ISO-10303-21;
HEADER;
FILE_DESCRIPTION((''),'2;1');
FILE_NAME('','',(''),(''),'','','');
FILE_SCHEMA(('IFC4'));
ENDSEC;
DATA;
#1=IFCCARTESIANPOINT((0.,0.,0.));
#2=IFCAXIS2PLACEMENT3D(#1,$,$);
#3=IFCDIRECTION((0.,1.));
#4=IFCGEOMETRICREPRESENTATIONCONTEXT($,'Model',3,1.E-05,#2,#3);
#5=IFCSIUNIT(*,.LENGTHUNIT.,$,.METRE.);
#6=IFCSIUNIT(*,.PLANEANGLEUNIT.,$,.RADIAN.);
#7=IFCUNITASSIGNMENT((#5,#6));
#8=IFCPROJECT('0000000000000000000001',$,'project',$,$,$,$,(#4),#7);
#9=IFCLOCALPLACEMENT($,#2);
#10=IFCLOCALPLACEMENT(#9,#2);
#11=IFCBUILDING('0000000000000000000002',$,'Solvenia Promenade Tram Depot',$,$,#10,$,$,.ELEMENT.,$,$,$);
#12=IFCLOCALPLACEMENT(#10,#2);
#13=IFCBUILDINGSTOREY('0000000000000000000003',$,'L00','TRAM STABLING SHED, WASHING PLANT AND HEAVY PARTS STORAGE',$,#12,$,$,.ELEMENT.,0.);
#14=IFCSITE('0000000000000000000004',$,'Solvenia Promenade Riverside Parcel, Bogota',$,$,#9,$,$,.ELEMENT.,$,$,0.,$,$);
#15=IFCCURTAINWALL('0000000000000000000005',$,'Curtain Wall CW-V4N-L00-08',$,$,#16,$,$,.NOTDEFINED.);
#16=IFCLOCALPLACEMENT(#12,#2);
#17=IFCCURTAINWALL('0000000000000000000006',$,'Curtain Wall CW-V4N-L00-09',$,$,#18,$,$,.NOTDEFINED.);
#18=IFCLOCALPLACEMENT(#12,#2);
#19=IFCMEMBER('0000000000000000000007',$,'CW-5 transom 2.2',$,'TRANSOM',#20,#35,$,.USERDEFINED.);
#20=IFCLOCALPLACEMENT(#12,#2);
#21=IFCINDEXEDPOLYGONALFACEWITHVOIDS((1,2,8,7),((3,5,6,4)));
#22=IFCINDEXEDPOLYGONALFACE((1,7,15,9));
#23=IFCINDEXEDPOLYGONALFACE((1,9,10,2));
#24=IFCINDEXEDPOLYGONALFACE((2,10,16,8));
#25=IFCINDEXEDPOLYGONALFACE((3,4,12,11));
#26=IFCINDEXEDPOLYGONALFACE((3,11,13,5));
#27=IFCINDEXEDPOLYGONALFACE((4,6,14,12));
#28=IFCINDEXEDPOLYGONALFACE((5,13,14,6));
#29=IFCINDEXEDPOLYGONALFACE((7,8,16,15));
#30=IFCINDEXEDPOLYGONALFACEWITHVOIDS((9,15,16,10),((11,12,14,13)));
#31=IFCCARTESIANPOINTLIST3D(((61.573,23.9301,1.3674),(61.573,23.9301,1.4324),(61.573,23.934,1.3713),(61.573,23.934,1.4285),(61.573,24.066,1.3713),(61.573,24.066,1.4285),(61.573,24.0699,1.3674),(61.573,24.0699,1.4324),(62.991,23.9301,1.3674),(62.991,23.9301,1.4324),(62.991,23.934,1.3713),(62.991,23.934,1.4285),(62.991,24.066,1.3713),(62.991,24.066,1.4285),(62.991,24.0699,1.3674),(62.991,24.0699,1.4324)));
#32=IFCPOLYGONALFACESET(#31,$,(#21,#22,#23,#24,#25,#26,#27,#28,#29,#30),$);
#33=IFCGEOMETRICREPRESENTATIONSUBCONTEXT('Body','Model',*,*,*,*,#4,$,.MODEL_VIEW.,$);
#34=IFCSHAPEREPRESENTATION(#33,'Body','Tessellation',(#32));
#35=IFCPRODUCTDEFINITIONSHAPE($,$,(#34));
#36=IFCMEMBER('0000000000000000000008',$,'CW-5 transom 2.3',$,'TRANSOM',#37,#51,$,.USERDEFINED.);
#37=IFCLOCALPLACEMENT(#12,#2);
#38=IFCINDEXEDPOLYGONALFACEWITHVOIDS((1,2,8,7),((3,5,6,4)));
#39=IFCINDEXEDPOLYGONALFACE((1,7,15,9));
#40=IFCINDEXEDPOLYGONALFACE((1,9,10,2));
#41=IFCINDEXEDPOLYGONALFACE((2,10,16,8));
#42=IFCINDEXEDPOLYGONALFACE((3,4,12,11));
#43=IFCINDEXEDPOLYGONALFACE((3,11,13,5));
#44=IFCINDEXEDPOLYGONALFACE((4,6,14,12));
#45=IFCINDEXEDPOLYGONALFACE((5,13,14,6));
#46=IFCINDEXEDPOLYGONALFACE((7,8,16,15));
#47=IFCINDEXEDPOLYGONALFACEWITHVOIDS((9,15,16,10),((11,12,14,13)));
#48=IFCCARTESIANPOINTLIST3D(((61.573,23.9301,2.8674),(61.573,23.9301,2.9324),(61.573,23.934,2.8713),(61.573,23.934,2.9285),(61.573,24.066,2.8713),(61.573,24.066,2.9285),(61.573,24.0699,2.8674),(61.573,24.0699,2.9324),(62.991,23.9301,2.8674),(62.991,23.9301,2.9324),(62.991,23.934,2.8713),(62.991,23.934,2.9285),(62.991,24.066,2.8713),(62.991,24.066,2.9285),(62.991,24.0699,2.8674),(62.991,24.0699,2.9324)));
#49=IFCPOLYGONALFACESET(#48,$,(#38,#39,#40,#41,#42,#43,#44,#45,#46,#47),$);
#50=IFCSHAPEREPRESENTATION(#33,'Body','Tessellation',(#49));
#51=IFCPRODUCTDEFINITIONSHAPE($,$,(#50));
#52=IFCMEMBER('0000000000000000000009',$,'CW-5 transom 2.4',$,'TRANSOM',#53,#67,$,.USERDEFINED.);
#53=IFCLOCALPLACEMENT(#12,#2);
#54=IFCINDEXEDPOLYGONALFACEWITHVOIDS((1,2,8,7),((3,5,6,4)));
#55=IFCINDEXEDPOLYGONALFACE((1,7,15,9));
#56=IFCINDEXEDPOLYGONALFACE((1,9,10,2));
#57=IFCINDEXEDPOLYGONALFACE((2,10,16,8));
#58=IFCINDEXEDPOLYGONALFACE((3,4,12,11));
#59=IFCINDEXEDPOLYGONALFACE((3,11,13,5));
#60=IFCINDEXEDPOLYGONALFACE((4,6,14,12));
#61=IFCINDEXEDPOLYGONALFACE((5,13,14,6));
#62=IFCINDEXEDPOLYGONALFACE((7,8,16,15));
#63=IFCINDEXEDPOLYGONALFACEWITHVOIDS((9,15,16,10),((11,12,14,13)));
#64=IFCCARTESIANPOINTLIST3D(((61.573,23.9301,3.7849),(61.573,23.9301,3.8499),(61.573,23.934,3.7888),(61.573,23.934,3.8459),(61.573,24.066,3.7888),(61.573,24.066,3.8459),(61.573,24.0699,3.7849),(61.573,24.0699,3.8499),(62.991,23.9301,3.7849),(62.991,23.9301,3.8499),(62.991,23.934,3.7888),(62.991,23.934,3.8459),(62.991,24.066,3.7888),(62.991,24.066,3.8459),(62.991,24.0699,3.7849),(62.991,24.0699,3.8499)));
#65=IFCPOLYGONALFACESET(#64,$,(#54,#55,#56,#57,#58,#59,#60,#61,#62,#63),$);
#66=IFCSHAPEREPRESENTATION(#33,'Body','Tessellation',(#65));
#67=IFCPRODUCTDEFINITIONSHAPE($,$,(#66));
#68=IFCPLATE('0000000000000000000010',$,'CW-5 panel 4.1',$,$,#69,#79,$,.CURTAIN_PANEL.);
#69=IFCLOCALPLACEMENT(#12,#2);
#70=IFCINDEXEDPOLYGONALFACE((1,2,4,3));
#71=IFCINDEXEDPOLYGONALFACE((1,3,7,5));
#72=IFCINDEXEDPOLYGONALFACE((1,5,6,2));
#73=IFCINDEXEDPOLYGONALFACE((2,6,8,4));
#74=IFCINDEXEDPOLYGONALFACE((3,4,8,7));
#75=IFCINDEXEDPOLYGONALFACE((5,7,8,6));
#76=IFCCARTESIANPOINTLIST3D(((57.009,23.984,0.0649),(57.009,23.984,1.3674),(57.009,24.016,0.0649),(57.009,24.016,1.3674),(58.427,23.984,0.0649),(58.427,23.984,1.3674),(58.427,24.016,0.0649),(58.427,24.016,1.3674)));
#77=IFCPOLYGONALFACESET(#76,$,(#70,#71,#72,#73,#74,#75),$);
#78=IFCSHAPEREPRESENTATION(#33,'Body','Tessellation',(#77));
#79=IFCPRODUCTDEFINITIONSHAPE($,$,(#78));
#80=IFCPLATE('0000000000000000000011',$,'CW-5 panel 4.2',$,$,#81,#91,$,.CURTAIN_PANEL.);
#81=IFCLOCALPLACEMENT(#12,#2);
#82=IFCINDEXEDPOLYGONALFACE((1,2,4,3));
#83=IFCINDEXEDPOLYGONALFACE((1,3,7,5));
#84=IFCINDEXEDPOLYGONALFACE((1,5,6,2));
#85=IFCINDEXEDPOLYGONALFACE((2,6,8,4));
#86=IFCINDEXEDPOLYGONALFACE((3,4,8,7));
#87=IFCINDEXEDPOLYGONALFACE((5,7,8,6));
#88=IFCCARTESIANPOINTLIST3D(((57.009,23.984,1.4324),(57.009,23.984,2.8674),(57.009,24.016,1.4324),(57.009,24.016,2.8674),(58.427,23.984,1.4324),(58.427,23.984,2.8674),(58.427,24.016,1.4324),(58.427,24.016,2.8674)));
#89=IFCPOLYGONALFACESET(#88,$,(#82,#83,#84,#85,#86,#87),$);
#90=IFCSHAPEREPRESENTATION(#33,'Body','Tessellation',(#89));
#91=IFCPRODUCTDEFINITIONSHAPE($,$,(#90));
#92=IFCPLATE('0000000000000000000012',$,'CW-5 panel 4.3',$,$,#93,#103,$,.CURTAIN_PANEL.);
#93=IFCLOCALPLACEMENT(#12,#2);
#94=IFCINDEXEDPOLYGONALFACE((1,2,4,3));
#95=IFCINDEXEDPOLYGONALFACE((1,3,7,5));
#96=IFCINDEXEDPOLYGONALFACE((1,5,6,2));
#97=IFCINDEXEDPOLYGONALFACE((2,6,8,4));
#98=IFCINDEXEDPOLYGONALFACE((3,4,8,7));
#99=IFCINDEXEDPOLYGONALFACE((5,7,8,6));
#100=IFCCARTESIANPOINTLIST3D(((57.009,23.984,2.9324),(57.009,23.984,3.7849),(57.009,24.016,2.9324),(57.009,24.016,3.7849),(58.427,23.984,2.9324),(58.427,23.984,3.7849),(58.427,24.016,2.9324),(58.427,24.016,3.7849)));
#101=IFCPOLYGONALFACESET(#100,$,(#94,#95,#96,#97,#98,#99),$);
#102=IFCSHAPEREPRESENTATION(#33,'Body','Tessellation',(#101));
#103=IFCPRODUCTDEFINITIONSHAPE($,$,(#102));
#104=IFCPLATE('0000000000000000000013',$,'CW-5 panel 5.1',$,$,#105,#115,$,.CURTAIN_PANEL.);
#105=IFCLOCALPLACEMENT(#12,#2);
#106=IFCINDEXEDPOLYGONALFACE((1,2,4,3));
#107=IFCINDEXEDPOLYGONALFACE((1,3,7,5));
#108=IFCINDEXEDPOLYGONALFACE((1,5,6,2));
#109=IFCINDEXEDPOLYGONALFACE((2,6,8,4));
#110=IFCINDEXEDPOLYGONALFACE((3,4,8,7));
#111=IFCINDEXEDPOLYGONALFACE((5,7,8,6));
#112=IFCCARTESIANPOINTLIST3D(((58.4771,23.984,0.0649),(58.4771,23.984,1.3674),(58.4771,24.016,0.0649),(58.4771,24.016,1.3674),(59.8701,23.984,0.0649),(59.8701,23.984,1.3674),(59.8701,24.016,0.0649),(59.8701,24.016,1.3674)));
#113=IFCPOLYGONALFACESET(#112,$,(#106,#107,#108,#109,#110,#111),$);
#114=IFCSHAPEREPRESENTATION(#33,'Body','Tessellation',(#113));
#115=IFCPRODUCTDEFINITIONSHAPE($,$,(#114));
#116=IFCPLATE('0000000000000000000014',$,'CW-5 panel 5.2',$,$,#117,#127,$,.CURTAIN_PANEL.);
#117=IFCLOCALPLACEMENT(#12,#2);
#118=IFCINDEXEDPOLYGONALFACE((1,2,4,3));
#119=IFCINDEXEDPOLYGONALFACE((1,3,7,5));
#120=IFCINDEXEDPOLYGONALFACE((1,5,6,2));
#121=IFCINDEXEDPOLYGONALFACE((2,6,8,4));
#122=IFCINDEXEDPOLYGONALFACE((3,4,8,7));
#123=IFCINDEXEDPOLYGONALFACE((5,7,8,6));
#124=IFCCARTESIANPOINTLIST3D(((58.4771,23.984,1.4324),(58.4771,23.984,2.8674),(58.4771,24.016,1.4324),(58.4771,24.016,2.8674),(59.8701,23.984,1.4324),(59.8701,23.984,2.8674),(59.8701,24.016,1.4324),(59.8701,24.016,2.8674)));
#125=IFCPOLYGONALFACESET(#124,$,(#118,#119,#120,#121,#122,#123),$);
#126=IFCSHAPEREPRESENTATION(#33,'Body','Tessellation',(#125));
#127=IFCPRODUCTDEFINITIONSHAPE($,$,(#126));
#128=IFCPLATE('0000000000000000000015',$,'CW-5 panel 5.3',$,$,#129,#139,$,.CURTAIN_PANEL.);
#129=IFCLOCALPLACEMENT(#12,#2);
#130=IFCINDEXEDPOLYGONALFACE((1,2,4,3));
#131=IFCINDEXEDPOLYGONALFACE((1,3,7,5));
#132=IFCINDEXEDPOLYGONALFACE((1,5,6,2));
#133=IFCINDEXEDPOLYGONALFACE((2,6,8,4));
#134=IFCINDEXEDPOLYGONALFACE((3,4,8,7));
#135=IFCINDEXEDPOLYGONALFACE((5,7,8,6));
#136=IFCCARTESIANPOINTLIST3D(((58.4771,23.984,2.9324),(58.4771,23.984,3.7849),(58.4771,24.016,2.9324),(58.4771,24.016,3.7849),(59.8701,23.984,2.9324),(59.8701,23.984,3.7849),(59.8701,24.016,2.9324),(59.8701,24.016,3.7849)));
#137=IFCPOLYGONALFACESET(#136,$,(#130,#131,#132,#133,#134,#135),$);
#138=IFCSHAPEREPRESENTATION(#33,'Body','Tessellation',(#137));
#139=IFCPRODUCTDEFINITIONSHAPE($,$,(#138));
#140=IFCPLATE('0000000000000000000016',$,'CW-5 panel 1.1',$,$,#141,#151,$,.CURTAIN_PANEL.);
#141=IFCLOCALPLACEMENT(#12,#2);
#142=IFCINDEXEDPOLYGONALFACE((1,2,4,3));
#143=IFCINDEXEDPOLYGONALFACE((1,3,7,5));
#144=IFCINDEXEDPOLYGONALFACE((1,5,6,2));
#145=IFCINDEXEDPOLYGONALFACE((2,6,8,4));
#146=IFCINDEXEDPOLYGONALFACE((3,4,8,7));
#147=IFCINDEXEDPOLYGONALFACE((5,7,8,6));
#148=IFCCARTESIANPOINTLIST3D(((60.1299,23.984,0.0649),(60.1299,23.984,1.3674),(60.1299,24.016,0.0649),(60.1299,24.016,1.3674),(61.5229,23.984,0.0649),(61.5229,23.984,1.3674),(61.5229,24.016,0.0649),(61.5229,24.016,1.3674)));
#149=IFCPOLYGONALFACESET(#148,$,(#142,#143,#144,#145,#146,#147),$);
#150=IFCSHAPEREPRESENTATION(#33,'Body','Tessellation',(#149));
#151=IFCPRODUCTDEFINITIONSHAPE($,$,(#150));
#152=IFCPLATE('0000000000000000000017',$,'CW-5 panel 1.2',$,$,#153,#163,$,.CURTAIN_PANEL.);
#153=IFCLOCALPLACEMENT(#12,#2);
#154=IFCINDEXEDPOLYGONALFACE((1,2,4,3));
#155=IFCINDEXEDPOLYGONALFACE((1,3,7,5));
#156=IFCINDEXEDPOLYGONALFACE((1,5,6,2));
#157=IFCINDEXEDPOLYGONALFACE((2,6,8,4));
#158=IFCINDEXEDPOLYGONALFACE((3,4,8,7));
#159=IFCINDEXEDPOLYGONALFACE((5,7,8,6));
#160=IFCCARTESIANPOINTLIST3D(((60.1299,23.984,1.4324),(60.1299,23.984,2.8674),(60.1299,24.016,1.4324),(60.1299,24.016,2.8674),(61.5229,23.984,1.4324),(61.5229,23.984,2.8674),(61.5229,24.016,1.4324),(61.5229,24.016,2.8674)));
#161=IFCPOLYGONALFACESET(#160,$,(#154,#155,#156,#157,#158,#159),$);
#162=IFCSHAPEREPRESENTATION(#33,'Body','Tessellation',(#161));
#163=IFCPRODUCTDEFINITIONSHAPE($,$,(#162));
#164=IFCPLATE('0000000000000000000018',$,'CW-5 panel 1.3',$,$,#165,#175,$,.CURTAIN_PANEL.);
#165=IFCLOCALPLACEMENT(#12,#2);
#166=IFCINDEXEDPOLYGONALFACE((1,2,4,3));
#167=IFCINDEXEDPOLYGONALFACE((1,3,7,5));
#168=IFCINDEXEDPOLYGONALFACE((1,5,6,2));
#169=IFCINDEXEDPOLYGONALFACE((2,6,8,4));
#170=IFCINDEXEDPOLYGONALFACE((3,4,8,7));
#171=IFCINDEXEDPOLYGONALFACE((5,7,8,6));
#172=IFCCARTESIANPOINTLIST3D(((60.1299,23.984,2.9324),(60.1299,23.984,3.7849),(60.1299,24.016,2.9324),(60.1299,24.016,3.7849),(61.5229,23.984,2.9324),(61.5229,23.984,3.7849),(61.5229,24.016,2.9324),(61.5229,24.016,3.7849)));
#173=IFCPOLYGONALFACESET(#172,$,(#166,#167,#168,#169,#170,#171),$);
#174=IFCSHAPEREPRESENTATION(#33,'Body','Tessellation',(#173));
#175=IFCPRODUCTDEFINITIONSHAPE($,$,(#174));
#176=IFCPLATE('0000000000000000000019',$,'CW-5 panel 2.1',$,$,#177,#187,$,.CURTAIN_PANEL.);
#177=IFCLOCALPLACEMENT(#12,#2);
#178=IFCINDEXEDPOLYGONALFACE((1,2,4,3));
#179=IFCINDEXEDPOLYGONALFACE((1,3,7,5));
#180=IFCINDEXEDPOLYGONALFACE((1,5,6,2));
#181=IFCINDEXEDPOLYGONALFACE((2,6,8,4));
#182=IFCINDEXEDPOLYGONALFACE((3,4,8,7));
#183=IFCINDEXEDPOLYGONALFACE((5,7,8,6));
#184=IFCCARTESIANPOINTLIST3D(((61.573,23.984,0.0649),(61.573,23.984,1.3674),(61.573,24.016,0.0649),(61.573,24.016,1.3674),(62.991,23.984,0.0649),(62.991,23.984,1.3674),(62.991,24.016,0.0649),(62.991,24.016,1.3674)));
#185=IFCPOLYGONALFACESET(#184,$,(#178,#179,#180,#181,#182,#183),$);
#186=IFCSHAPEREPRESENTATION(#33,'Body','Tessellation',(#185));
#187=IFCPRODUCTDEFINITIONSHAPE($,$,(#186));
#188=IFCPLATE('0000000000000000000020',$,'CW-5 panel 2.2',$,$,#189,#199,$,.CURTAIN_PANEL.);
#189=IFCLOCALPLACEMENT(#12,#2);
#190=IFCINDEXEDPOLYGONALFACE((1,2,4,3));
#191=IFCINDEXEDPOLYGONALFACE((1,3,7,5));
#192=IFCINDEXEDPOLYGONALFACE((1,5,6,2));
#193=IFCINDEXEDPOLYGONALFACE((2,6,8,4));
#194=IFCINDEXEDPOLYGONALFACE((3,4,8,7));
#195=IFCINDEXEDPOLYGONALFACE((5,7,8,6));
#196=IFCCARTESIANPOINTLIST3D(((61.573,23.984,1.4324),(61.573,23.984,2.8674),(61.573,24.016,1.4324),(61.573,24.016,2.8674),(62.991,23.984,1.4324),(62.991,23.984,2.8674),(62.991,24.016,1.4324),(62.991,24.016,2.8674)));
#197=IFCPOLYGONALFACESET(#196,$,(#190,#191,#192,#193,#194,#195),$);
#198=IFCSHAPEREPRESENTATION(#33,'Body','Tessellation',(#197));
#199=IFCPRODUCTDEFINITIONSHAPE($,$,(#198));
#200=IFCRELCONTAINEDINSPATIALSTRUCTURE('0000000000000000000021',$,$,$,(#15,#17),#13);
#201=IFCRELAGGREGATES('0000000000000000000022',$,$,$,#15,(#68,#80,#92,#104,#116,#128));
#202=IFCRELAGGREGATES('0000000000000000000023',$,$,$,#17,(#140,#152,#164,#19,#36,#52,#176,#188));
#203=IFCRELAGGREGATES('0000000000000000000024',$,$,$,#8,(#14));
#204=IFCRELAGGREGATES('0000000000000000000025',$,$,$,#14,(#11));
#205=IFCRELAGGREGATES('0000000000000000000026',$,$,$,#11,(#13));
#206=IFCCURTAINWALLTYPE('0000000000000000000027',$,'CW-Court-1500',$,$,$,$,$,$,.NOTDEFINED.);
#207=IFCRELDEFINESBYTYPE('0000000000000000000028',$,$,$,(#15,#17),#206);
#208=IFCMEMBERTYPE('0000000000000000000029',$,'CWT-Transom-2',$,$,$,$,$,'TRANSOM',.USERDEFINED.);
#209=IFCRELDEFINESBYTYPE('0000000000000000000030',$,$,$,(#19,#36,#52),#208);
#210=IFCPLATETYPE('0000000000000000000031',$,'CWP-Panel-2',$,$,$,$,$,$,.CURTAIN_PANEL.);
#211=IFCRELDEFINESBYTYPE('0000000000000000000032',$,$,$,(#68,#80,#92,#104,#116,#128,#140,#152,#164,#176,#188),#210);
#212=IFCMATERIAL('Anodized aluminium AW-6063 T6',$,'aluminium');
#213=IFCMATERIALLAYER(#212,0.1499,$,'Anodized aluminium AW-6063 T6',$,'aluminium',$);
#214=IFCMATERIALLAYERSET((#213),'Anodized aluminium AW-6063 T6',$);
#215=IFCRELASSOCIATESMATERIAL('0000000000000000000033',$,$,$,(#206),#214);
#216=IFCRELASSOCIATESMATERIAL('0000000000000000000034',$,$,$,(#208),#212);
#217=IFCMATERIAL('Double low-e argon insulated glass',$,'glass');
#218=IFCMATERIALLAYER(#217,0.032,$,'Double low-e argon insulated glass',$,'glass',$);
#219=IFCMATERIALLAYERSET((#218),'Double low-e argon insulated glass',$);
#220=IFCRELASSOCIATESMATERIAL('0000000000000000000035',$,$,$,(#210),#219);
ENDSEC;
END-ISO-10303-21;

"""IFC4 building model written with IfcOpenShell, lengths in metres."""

from ifc_helpers import new_model, si_unit, direction, frame, origin, origin_2d, place, context, subcontext, project, spatial, rectangle, hollow_rectangle, extrude, material, layer, layer_set, material_profile, profile_set, type_object, element, aggregate, save


model = new_model("IFC4")

# Units and contexts
model_context = context("Model", 3, precision=1e-05, world=origin(), true_north=direction((0.0, 1.0)))
body_context = subcontext(model_context, "Body", "Model", "MODEL_VIEW")
ifc_project = project(units=[si_unit("LENGTHUNIT", "METRE"), si_unit("PLANEANGLEUNIT", "RADIAN")], contexts=[model_context])

# Site, building, storey
site_placement = place(None, origin())
site = spatial("IfcSite", under=ifc_project, at=site_placement, Name="Solvenia Promenade Riverside Parcel, Bogota", CompositionType="ELEMENT", RefElevation=0.0)
building_placement = place(site_placement, origin())
building = spatial("IfcBuilding", under=site, at=building_placement, Name="Solvenia Promenade Tram Depot", CompositionType="ELEMENT")
storey_placement = place(building_placement, origin())
storey = spatial("IfcBuildingStorey", under=building, at=storey_placement, Name="L00", Description="TRAM STABLING SHED, WASHING PLANT AND HEAVY PARTS STORAGE", CompositionType="ELEMENT", Elevation=0.0)

# Curtain walls
ifc_material_1 = material(Name="Anodized aluminium AW-6063 T6", Category="aluminium")
ifc_layer_1 = layer(ifc_material_1, 0.1499, Name="Anodized aluminium AW-6063 T6", Category="aluminium")
ifc_layer_set_1 = layer_set([ifc_layer_1], Name="Anodized aluminium AW-6063 T6")
curtain_wall_type = type_object("IfcCurtainWallType", Name="CW-Court-1500", PredefinedType="NOTDEFINED", material=ifc_layer_set_1)
curtain_wall_1_placement = place(storey_placement, origin())
curtain_wall_1 = element("IfcCurtainWall", 1, at=curtain_wall_1_placement, inside=storey, type_object=curtain_wall_type, Name="Curtain Wall CW-V4N-L00-08", PredefinedType="NOTDEFINED")
curtain_wall_2_placement = place(storey_placement, origin())
curtain_wall_2 = element("IfcCurtainWall", 2, at=curtain_wall_2_placement, inside=storey, type_object=curtain_wall_type, Name="Curtain Wall CW-V4N-L00-09", PredefinedType="NOTDEFINED")

# Members
ifc_material_profile_1 = material_profile(ifc_material_1, hollow_rectangle(XDim=0.1399, YDim=0.0649, WallThickness=0.0039, at=origin_2d()), Name="ALU-T2", Category="aluminium")
ifc_profile_set_1 = profile_set([ifc_material_profile_1], Name="Anodized aluminium AW-6063 T6")
member_type_1 = type_object("IfcMemberType", Name="CWT-Transom-2", ElementType="TRANSOM", PredefinedType="USERDEFINED", material=ifc_profile_set_1)
member_1_placement = place(storey_placement, frame((61.573, 24.0, 1.3999), z_axis=(1.0, 0.0, 0.0), x_axis=(0.0, 1.0, 0.0)))
member_1 = element("IfcMember", 3, at=member_1_placement, type_object=member_type_1, Name="CW-5 transom 2.2", ObjectType="TRANSOM", PredefinedType="USERDEFINED", context=body_context, shape_type="SweptSolid", body=[
    extrude(hollow_rectangle(XDim=0.1399, YDim=0.0649, WallThickness=0.0039, at=origin_2d()), origin(), (0.0, 0.0, 1.0), 1.418),
])
member_2_placement = place(storey_placement, frame((61.573, 24.0, 2.8999), z_axis=(1.0, 0.0, 0.0), x_axis=(0.0, 1.0, 0.0)))
member_2 = element("IfcMember", 4, at=member_2_placement, type_object=member_type_1, Name="CW-5 transom 2.3", ObjectType="TRANSOM", PredefinedType="USERDEFINED", context=body_context, shape_type="SweptSolid", body=[
    extrude(hollow_rectangle(XDim=0.1399, YDim=0.0649, WallThickness=0.0039, at=origin_2d()), origin(), (0.0, 0.0, 1.0), 1.418),
])
member_3_placement = place(storey_placement, frame((61.573, 24.0, 3.8174), z_axis=(1.0, 0.0, 0.0), x_axis=(0.0, 1.0, 0.0)))
member_3 = element("IfcMember", 5, at=member_3_placement, type_object=member_type_1, Name="CW-5 transom 2.4", ObjectType="TRANSOM", PredefinedType="USERDEFINED", context=body_context, shape_type="SweptSolid", body=[
    extrude(hollow_rectangle(XDim=0.1399, YDim=0.0649, WallThickness=0.0039, at=origin_2d()), origin(), (0.0, 0.0, 1.0), 1.418),
])

# Plates
ifc_material_2 = material(Name="Double low-e argon insulated glass", Category="glass")
ifc_layer_2 = layer(ifc_material_2, 0.032, Name="Double low-e argon insulated glass", Category="glass")
ifc_layer_set_2 = layer_set([ifc_layer_2], Name="Double low-e argon insulated glass")
plate_type = type_object("IfcPlateType", Name="CWP-Panel-2", PredefinedType="CURTAIN_PANEL", material=ifc_layer_set_2)
plate_1_placement = place(storey_placement, frame((57.718, 24.0, 0.0649), z_axis=(0.0, 0.0, 1.0), x_axis=(1.0, 0.0, 0.0)))
plate_1 = element("IfcPlate", 6, at=plate_1_placement, type_object=plate_type, Name="CW-5 panel 4.1", PredefinedType="CURTAIN_PANEL", context=body_context, shape_type="SweptSolid", body=[
    extrude(rectangle(XDim=1.418, YDim=0.032, at=origin_2d()), origin(), (0.0, 0.0, 1.0), 1.3025),
])
plate_2_placement = place(storey_placement, frame((57.718, 24.0, 1.4324), z_axis=(0.0, 0.0, 1.0), x_axis=(1.0, 0.0, 0.0)))
plate_2 = element("IfcPlate", 7, at=plate_2_placement, type_object=plate_type, Name="CW-5 panel 4.2", PredefinedType="CURTAIN_PANEL", context=body_context, shape_type="SweptSolid", body=[
    extrude(rectangle(XDim=1.418, YDim=0.032, at=origin_2d()), origin(), (0.0, 0.0, 1.0), 1.4351),
])
plate_3_placement = place(storey_placement, frame((57.718, 24.0, 2.9324), z_axis=(0.0, 0.0, 1.0), x_axis=(1.0, 0.0, 0.0)))
plate_3 = element("IfcPlate", 8, at=plate_3_placement, type_object=plate_type, Name="CW-5 panel 4.3", PredefinedType="CURTAIN_PANEL", context=body_context, shape_type="SweptSolid", body=[
    extrude(rectangle(XDim=1.418, YDim=0.032, at=origin_2d()), origin(), (0.0, 0.0, 1.0), 0.8525),
])
plate_4_placement = place(storey_placement, frame((59.1736, 24.0, 0.0649), z_axis=(0.0, 0.0, 1.0), x_axis=(1.0, 0.0, 0.0)))
plate_4 = element("IfcPlate", 9, at=plate_4_placement, type_object=plate_type, Name="CW-5 panel 5.1", PredefinedType="CURTAIN_PANEL", context=body_context, shape_type="SweptSolid", body=[
    extrude(rectangle(XDim=1.3931, YDim=0.032, at=origin_2d()), origin(), (0.0, 0.0, 1.0), 1.3025),
])
plate_5_placement = place(storey_placement, frame((59.1736, 24.0, 1.4324), z_axis=(0.0, 0.0, 1.0), x_axis=(1.0, 0.0, 0.0)))
plate_5 = element("IfcPlate", 10, at=plate_5_placement, type_object=plate_type, Name="CW-5 panel 5.2", PredefinedType="CURTAIN_PANEL", context=body_context, shape_type="SweptSolid", body=[
    extrude(rectangle(XDim=1.3931, YDim=0.032, at=origin_2d()), origin(), (0.0, 0.0, 1.0), 1.4351),
])
plate_6_placement = place(storey_placement, frame((59.1736, 24.0, 2.9324), z_axis=(0.0, 0.0, 1.0), x_axis=(1.0, 0.0, 0.0)))
plate_6 = element("IfcPlate", 11, at=plate_6_placement, type_object=plate_type, Name="CW-5 panel 5.3", PredefinedType="CURTAIN_PANEL", context=body_context, shape_type="SweptSolid", body=[
    extrude(rectangle(XDim=1.3931, YDim=0.032, at=origin_2d()), origin(), (0.0, 0.0, 1.0), 0.8525),
])
aggregate(curtain_wall_1, [plate_1, plate_2, plate_3, plate_4, plate_5, plate_6])
plate_7_placement = place(storey_placement, frame((60.8264, 24.0, 0.0649), z_axis=(0.0, 0.0, 1.0), x_axis=(1.0, 0.0, 0.0)))
plate_7 = element("IfcPlate", 12, at=plate_7_placement, type_object=plate_type, Name="CW-5 panel 1.1", PredefinedType="CURTAIN_PANEL", context=body_context, shape_type="SweptSolid", body=[
    extrude(rectangle(XDim=1.3931, YDim=0.032, at=origin_2d()), origin(), (0.0, 0.0, 1.0), 1.3025),
])
plate_8_placement = place(storey_placement, frame((60.8264, 24.0, 1.4324), z_axis=(0.0, 0.0, 1.0), x_axis=(1.0, 0.0, 0.0)))
plate_8 = element("IfcPlate", 13, at=plate_8_placement, type_object=plate_type, Name="CW-5 panel 1.2", PredefinedType="CURTAIN_PANEL", context=body_context, shape_type="SweptSolid", body=[
    extrude(rectangle(XDim=1.3931, YDim=0.032, at=origin_2d()), origin(), (0.0, 0.0, 1.0), 1.4351),
])
plate_9_placement = place(storey_placement, frame((60.8264, 24.0, 2.9324), z_axis=(0.0, 0.0, 1.0), x_axis=(1.0, 0.0, 0.0)))
plate_9 = element("IfcPlate", 14, at=plate_9_placement, type_object=plate_type, Name="CW-5 panel 1.3", PredefinedType="CURTAIN_PANEL", context=body_context, shape_type="SweptSolid", body=[
    extrude(rectangle(XDim=1.3931, YDim=0.032, at=origin_2d()), origin(), (0.0, 0.0, 1.0), 0.8525),
])
plate_10_placement = place(storey_placement, frame((62.282, 24.0, 0.0649), z_axis=(0.0, 0.0, 1.0), x_axis=(1.0, 0.0, 0.0)))
plate_10 = element("IfcPlate", 15, at=plate_10_placement, type_object=plate_type, Name="CW-5 panel 2.1", PredefinedType="CURTAIN_PANEL", context=body_context, shape_type="SweptSolid", body=[
    extrude(rectangle(XDim=1.418, YDim=0.032, at=origin_2d()), origin(), (0.0, 0.0, 1.0), 1.3025),
])
plate_11_placement = place(storey_placement, frame((62.282, 24.0, 1.4324), z_axis=(0.0, 0.0, 1.0), x_axis=(1.0, 0.0, 0.0)))
plate_11 = element("IfcPlate", 16, at=plate_11_placement, type_object=plate_type, Name="CW-5 panel 2.2", PredefinedType="CURTAIN_PANEL", context=body_context, shape_type="SweptSolid", body=[
    extrude(rectangle(XDim=1.418, YDim=0.032, at=origin_2d()), origin(), (0.0, 0.0, 1.0), 1.4351),
])
aggregate(curtain_wall_2, [plate_7, plate_8, plate_9, member_1, member_2, member_3, plate_10, plate_11])

save(model, "model.ifc")
